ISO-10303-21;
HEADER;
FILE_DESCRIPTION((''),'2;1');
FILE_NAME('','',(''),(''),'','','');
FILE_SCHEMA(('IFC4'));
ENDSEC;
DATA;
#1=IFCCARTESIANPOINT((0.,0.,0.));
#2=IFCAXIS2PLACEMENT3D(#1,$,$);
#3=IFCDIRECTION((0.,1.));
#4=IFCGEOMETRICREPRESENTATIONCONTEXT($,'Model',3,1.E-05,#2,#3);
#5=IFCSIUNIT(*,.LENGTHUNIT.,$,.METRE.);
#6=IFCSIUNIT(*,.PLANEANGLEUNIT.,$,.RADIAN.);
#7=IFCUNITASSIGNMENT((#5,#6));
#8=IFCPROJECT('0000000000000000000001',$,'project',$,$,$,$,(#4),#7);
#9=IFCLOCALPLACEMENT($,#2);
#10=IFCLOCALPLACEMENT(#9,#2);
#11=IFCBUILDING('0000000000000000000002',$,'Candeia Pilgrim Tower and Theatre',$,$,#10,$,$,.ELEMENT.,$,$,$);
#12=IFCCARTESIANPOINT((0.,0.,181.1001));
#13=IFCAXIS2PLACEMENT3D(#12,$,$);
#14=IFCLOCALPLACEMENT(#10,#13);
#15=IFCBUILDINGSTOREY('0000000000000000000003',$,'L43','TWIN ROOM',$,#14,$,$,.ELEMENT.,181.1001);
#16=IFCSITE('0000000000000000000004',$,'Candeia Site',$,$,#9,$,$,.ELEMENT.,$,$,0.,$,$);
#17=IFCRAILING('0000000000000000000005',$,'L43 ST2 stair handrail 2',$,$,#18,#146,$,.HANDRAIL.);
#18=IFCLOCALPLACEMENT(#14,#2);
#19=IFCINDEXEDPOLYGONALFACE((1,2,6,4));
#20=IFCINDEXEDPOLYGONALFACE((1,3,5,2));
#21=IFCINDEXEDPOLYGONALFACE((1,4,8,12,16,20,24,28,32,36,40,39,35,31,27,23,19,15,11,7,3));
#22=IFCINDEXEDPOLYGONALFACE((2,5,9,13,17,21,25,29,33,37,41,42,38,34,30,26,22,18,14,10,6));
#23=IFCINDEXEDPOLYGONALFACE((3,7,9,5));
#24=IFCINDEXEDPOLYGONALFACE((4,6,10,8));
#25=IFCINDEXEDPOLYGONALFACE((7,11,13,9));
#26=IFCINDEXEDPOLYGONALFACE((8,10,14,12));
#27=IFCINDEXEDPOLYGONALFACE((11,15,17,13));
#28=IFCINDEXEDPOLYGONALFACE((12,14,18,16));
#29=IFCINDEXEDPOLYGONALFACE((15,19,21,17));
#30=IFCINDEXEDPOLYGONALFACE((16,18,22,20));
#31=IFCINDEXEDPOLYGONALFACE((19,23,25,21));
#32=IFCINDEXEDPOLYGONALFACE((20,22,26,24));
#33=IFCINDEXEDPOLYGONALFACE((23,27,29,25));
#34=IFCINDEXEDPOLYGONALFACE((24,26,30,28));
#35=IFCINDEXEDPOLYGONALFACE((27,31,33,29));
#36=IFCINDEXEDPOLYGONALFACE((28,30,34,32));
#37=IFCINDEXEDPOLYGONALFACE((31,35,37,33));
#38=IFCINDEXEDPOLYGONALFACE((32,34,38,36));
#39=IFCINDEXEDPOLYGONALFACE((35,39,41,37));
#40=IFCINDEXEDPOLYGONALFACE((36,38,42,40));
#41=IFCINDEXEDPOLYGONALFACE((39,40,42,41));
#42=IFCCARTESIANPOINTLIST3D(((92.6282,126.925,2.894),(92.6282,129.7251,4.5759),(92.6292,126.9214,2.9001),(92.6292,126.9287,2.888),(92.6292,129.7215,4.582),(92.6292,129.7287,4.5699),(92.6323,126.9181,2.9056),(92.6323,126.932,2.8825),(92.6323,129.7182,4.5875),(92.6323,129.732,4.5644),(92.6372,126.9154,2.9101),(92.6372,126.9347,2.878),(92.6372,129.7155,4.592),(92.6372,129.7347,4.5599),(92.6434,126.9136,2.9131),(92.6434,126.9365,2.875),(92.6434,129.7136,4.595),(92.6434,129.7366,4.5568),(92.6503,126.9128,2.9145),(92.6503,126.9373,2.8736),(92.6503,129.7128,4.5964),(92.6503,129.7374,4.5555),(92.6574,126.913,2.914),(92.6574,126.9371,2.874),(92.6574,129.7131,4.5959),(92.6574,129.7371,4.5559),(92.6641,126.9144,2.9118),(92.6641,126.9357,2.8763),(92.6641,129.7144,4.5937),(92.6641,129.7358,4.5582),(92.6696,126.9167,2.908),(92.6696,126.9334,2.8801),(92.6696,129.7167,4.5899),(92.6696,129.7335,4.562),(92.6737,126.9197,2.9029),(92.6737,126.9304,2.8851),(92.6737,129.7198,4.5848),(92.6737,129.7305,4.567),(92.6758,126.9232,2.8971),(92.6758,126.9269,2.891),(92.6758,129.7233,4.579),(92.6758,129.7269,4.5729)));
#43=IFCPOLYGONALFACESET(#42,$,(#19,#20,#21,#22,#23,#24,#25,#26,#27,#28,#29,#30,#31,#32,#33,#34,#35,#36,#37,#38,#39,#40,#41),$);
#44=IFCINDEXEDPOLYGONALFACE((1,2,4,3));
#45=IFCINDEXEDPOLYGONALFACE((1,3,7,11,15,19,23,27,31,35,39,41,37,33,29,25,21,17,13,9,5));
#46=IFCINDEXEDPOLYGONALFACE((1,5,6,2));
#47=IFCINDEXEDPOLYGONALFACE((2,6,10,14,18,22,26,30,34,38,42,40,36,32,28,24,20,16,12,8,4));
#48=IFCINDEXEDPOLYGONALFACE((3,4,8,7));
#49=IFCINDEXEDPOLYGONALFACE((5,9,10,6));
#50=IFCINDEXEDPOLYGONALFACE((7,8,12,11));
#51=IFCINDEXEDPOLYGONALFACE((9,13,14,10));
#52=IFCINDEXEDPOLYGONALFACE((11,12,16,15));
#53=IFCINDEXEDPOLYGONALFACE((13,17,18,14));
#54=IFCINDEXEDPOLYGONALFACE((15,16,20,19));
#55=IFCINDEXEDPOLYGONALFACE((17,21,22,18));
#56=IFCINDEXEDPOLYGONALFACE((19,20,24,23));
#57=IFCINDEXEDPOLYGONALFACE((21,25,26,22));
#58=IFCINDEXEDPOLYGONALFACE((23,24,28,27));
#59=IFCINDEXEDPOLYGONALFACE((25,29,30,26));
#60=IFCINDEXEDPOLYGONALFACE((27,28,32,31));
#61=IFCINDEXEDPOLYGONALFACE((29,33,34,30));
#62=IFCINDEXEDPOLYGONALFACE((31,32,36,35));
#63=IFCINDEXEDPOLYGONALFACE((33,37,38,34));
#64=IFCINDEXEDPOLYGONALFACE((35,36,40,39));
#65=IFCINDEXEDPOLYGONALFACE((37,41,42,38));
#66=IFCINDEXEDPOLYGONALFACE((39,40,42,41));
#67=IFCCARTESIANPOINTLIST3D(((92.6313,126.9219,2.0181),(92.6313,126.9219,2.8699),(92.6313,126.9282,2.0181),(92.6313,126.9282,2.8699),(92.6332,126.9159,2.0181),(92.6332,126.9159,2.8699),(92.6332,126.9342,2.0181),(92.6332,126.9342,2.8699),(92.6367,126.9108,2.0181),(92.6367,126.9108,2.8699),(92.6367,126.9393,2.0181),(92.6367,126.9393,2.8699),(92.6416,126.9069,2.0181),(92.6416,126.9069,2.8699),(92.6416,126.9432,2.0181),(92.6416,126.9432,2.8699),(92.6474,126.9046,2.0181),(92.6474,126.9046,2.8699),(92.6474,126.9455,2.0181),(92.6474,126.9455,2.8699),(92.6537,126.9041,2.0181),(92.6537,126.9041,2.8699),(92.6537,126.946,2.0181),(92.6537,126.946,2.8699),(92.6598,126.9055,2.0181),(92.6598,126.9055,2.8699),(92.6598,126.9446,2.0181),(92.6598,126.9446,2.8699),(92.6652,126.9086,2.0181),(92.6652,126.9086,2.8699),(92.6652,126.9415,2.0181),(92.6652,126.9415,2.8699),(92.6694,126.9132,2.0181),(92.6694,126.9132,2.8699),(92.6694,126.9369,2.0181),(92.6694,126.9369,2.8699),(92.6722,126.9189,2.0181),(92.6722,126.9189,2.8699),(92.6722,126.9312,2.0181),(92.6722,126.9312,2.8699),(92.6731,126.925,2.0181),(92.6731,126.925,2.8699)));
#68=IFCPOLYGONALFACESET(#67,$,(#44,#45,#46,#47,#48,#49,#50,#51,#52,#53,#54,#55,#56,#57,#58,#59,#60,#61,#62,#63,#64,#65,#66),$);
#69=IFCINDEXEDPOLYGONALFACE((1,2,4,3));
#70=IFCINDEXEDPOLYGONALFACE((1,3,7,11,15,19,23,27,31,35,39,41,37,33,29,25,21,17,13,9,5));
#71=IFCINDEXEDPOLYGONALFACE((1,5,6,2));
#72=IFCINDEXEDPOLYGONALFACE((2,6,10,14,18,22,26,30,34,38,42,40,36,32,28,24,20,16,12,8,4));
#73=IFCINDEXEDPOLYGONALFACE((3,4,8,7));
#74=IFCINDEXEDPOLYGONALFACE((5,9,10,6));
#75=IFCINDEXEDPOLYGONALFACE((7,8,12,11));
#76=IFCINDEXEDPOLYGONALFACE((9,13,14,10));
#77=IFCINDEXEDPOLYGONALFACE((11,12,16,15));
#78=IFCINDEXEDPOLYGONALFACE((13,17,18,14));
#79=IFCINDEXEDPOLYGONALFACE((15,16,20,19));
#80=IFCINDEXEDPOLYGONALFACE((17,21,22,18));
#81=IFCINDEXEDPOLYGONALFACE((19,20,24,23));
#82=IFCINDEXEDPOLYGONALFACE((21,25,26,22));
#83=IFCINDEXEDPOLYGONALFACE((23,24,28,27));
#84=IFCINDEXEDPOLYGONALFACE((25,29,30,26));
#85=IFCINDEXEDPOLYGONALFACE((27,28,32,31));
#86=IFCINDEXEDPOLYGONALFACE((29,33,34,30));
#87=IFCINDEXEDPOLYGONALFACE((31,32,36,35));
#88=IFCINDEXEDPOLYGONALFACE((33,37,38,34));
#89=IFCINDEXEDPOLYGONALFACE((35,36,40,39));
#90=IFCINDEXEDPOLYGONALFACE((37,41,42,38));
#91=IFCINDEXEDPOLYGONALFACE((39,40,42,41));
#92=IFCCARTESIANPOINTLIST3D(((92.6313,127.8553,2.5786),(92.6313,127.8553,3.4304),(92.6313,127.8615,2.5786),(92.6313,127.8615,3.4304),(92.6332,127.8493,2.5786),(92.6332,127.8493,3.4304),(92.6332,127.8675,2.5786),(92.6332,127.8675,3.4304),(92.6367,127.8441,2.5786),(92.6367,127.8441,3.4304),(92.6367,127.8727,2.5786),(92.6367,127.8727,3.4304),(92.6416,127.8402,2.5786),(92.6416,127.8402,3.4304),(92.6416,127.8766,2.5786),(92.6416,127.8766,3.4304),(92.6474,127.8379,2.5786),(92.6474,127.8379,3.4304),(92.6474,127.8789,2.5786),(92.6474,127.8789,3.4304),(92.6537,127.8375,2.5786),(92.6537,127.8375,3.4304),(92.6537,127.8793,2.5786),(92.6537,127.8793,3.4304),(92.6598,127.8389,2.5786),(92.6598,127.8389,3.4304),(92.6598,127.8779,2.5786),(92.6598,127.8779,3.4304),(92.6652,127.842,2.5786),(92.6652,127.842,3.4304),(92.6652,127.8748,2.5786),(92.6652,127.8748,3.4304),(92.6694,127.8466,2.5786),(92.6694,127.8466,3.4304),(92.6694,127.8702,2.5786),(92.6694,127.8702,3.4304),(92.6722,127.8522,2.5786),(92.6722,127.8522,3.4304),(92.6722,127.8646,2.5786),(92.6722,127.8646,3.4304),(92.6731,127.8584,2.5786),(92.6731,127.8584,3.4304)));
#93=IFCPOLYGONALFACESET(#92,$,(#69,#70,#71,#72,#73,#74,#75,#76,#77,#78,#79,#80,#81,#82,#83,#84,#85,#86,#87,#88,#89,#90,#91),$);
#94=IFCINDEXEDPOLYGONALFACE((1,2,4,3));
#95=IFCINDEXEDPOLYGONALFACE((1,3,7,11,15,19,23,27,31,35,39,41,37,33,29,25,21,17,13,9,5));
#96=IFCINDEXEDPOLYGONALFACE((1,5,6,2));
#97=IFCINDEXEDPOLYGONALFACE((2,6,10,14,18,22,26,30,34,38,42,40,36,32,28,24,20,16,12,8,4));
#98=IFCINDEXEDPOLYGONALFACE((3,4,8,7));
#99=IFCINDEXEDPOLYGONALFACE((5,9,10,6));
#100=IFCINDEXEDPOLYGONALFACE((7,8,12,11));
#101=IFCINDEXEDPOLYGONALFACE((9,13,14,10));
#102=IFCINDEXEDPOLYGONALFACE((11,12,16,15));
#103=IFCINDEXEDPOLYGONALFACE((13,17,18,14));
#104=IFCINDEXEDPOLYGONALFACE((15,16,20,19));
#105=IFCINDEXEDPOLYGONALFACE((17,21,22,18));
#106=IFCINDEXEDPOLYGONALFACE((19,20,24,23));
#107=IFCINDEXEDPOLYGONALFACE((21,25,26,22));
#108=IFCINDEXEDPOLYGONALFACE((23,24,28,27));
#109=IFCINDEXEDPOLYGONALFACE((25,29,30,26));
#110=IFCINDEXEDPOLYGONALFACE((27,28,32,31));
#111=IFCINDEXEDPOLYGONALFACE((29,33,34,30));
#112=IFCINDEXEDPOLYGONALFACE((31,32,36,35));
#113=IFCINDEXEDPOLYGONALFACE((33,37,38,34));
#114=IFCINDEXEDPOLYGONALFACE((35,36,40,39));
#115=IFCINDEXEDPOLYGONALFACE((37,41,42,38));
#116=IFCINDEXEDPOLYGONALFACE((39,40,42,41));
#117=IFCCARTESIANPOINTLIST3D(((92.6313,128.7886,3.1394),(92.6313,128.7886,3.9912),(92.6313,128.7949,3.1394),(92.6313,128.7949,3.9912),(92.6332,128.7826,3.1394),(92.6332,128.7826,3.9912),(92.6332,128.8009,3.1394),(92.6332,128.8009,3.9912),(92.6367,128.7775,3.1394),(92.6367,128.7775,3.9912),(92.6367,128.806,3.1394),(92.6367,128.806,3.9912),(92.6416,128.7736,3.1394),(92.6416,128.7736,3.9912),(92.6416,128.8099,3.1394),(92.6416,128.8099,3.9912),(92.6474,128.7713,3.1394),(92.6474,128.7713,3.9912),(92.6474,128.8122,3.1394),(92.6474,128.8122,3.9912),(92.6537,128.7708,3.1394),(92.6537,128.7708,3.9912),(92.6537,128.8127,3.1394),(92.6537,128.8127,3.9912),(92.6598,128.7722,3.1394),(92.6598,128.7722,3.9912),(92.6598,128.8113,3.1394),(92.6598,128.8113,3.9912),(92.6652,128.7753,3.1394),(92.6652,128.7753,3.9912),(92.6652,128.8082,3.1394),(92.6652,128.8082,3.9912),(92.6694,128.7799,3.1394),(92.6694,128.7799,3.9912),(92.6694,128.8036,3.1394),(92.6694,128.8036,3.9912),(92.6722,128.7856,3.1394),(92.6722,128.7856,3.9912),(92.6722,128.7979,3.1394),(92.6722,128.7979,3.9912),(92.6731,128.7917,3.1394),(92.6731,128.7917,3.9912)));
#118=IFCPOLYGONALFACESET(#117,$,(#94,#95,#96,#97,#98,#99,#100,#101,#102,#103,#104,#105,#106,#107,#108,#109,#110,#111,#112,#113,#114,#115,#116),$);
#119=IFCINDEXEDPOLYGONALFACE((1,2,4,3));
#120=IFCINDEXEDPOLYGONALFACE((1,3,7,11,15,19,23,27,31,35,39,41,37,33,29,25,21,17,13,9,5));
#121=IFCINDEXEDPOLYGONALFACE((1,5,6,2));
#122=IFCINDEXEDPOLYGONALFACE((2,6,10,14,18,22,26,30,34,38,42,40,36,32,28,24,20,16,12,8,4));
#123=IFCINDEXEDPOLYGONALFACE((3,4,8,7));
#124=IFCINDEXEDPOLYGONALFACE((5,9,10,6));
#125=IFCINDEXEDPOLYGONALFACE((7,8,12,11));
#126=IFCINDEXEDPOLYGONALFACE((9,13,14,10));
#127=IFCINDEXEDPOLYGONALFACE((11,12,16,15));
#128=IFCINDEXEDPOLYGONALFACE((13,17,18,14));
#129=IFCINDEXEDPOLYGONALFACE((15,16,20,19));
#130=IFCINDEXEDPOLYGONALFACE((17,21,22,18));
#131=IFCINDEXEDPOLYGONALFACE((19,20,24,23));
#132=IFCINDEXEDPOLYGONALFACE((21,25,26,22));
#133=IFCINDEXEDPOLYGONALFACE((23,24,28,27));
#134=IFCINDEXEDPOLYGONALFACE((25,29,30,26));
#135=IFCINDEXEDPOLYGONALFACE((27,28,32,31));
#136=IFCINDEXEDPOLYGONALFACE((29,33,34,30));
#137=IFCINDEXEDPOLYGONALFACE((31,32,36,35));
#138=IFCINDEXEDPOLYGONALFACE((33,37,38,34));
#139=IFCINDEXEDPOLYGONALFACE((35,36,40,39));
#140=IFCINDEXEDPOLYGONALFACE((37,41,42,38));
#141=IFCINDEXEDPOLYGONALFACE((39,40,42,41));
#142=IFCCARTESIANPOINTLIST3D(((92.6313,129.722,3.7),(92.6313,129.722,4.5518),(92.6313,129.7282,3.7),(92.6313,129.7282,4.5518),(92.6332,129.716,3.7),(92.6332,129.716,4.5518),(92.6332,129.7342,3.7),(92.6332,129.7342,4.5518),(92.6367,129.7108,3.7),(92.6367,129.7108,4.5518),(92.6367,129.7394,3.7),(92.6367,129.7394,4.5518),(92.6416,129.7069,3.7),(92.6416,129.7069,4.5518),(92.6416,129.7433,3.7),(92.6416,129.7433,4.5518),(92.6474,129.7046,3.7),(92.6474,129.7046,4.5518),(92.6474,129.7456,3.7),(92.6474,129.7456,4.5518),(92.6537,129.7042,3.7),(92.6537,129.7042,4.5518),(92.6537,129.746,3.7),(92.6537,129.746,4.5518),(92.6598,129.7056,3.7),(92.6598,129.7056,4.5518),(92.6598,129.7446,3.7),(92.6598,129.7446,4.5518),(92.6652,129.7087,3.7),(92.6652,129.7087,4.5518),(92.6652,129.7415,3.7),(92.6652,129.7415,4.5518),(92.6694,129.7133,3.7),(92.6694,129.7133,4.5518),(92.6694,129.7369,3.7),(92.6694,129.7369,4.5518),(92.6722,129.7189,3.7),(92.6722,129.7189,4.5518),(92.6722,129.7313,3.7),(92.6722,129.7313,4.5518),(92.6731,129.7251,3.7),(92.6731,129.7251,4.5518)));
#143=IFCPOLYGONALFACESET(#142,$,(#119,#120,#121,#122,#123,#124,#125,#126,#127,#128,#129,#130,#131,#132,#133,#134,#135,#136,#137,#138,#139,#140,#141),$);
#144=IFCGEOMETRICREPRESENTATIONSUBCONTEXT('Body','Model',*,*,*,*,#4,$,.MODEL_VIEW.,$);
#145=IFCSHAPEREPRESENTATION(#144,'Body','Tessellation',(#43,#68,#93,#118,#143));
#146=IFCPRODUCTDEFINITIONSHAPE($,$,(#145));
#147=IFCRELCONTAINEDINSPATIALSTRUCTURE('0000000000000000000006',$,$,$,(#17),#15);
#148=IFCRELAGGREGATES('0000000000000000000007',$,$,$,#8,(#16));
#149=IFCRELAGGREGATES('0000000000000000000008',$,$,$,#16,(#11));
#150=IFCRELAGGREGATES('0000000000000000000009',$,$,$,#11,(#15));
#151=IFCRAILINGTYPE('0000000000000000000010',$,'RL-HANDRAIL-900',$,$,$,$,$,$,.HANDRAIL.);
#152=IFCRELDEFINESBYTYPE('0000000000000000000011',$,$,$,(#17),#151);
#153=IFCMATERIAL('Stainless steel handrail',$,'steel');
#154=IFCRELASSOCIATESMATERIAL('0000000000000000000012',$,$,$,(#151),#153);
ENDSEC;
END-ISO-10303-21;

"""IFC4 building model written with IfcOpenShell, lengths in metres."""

from ifc_helpers import new_model, si_unit, direction, frame, origin, origin_2d, place, context, subcontext, project, spatial, circle, extrude, material, type_object, element, save


model = new_model("IFC4")

# Units and contexts
model_context = context("Model", 3, precision=1e-05, world=origin(), true_north=direction((0.0, 1.0)))
body_context = subcontext(model_context, "Body", "Model", "MODEL_VIEW")
ifc_project = project(units=[si_unit("LENGTHUNIT", "METRE"), si_unit("PLANEANGLEUNIT", "RADIAN")], contexts=[model_context])

# Site, building, storey
site_placement = place(None, origin())
site = spatial("IfcSite", under=ifc_project, at=site_placement, Name="Candeia Site", CompositionType="ELEMENT", RefElevation=0.0)
building_placement = place(site_placement, origin())
building = spatial("IfcBuilding", under=site, at=building_placement, Name="Candeia Pilgrim Tower and Theatre", CompositionType="ELEMENT")
storey_placement = place(building_placement, frame((0.0, 0.0, 181.1001)))
storey = spatial("IfcBuildingStorey", under=building, at=storey_placement, Name="L43", Description="TWIN ROOM", CompositionType="ELEMENT", Elevation=181.1001)

# Railing
ifc_material_1 = material(Name="Stainless steel handrail", Category="steel")
railing_type_1 = type_object("IfcRailingType", Name="RL-HANDRAIL-900", PredefinedType="HANDRAIL", material=ifc_material_1)
railing_1_placement = place(storey_placement, frame((92.6521, 126.925, 2.0181)))
element("IfcRailing", 1, at=railing_1_placement, inside=storey, type_object=railing_type_1, Name="L43 ST2 stair handrail 2", PredefinedType="HANDRAIL", context=body_context, shape_type="SweptSolid", body=[
    extrude(circle(Radius=0.0239, at=origin_2d()), frame((0.0, 0.0, 0.876), z_axis=(0.0, 0.857242, 0.514913), x_axis=(-1.0, 0.0, 0.0)), (0.0, 0.0, 1.0), 3.2664),
    extrude(circle(Radius=0.021, at=origin_2d()), origin(), (0.0, 0.0, 1.0), 0.8518),
    extrude(circle(Radius=0.021, at=origin_2d()), frame((0.0, 0.9333, 0.5605)), (0.0, 0.0, 1.0), 0.8518),
    extrude(circle(Radius=0.021, at=origin_2d()), frame((0.0, 1.8667, 1.1213)), (0.0, 0.0, 1.0), 0.8518),
    extrude(circle(Radius=0.021, at=origin_2d()), frame((0.0, 2.8, 1.6819)), (0.0, 0.0, 1.0), 0.8518),
])

save(model, "model.ifc")
